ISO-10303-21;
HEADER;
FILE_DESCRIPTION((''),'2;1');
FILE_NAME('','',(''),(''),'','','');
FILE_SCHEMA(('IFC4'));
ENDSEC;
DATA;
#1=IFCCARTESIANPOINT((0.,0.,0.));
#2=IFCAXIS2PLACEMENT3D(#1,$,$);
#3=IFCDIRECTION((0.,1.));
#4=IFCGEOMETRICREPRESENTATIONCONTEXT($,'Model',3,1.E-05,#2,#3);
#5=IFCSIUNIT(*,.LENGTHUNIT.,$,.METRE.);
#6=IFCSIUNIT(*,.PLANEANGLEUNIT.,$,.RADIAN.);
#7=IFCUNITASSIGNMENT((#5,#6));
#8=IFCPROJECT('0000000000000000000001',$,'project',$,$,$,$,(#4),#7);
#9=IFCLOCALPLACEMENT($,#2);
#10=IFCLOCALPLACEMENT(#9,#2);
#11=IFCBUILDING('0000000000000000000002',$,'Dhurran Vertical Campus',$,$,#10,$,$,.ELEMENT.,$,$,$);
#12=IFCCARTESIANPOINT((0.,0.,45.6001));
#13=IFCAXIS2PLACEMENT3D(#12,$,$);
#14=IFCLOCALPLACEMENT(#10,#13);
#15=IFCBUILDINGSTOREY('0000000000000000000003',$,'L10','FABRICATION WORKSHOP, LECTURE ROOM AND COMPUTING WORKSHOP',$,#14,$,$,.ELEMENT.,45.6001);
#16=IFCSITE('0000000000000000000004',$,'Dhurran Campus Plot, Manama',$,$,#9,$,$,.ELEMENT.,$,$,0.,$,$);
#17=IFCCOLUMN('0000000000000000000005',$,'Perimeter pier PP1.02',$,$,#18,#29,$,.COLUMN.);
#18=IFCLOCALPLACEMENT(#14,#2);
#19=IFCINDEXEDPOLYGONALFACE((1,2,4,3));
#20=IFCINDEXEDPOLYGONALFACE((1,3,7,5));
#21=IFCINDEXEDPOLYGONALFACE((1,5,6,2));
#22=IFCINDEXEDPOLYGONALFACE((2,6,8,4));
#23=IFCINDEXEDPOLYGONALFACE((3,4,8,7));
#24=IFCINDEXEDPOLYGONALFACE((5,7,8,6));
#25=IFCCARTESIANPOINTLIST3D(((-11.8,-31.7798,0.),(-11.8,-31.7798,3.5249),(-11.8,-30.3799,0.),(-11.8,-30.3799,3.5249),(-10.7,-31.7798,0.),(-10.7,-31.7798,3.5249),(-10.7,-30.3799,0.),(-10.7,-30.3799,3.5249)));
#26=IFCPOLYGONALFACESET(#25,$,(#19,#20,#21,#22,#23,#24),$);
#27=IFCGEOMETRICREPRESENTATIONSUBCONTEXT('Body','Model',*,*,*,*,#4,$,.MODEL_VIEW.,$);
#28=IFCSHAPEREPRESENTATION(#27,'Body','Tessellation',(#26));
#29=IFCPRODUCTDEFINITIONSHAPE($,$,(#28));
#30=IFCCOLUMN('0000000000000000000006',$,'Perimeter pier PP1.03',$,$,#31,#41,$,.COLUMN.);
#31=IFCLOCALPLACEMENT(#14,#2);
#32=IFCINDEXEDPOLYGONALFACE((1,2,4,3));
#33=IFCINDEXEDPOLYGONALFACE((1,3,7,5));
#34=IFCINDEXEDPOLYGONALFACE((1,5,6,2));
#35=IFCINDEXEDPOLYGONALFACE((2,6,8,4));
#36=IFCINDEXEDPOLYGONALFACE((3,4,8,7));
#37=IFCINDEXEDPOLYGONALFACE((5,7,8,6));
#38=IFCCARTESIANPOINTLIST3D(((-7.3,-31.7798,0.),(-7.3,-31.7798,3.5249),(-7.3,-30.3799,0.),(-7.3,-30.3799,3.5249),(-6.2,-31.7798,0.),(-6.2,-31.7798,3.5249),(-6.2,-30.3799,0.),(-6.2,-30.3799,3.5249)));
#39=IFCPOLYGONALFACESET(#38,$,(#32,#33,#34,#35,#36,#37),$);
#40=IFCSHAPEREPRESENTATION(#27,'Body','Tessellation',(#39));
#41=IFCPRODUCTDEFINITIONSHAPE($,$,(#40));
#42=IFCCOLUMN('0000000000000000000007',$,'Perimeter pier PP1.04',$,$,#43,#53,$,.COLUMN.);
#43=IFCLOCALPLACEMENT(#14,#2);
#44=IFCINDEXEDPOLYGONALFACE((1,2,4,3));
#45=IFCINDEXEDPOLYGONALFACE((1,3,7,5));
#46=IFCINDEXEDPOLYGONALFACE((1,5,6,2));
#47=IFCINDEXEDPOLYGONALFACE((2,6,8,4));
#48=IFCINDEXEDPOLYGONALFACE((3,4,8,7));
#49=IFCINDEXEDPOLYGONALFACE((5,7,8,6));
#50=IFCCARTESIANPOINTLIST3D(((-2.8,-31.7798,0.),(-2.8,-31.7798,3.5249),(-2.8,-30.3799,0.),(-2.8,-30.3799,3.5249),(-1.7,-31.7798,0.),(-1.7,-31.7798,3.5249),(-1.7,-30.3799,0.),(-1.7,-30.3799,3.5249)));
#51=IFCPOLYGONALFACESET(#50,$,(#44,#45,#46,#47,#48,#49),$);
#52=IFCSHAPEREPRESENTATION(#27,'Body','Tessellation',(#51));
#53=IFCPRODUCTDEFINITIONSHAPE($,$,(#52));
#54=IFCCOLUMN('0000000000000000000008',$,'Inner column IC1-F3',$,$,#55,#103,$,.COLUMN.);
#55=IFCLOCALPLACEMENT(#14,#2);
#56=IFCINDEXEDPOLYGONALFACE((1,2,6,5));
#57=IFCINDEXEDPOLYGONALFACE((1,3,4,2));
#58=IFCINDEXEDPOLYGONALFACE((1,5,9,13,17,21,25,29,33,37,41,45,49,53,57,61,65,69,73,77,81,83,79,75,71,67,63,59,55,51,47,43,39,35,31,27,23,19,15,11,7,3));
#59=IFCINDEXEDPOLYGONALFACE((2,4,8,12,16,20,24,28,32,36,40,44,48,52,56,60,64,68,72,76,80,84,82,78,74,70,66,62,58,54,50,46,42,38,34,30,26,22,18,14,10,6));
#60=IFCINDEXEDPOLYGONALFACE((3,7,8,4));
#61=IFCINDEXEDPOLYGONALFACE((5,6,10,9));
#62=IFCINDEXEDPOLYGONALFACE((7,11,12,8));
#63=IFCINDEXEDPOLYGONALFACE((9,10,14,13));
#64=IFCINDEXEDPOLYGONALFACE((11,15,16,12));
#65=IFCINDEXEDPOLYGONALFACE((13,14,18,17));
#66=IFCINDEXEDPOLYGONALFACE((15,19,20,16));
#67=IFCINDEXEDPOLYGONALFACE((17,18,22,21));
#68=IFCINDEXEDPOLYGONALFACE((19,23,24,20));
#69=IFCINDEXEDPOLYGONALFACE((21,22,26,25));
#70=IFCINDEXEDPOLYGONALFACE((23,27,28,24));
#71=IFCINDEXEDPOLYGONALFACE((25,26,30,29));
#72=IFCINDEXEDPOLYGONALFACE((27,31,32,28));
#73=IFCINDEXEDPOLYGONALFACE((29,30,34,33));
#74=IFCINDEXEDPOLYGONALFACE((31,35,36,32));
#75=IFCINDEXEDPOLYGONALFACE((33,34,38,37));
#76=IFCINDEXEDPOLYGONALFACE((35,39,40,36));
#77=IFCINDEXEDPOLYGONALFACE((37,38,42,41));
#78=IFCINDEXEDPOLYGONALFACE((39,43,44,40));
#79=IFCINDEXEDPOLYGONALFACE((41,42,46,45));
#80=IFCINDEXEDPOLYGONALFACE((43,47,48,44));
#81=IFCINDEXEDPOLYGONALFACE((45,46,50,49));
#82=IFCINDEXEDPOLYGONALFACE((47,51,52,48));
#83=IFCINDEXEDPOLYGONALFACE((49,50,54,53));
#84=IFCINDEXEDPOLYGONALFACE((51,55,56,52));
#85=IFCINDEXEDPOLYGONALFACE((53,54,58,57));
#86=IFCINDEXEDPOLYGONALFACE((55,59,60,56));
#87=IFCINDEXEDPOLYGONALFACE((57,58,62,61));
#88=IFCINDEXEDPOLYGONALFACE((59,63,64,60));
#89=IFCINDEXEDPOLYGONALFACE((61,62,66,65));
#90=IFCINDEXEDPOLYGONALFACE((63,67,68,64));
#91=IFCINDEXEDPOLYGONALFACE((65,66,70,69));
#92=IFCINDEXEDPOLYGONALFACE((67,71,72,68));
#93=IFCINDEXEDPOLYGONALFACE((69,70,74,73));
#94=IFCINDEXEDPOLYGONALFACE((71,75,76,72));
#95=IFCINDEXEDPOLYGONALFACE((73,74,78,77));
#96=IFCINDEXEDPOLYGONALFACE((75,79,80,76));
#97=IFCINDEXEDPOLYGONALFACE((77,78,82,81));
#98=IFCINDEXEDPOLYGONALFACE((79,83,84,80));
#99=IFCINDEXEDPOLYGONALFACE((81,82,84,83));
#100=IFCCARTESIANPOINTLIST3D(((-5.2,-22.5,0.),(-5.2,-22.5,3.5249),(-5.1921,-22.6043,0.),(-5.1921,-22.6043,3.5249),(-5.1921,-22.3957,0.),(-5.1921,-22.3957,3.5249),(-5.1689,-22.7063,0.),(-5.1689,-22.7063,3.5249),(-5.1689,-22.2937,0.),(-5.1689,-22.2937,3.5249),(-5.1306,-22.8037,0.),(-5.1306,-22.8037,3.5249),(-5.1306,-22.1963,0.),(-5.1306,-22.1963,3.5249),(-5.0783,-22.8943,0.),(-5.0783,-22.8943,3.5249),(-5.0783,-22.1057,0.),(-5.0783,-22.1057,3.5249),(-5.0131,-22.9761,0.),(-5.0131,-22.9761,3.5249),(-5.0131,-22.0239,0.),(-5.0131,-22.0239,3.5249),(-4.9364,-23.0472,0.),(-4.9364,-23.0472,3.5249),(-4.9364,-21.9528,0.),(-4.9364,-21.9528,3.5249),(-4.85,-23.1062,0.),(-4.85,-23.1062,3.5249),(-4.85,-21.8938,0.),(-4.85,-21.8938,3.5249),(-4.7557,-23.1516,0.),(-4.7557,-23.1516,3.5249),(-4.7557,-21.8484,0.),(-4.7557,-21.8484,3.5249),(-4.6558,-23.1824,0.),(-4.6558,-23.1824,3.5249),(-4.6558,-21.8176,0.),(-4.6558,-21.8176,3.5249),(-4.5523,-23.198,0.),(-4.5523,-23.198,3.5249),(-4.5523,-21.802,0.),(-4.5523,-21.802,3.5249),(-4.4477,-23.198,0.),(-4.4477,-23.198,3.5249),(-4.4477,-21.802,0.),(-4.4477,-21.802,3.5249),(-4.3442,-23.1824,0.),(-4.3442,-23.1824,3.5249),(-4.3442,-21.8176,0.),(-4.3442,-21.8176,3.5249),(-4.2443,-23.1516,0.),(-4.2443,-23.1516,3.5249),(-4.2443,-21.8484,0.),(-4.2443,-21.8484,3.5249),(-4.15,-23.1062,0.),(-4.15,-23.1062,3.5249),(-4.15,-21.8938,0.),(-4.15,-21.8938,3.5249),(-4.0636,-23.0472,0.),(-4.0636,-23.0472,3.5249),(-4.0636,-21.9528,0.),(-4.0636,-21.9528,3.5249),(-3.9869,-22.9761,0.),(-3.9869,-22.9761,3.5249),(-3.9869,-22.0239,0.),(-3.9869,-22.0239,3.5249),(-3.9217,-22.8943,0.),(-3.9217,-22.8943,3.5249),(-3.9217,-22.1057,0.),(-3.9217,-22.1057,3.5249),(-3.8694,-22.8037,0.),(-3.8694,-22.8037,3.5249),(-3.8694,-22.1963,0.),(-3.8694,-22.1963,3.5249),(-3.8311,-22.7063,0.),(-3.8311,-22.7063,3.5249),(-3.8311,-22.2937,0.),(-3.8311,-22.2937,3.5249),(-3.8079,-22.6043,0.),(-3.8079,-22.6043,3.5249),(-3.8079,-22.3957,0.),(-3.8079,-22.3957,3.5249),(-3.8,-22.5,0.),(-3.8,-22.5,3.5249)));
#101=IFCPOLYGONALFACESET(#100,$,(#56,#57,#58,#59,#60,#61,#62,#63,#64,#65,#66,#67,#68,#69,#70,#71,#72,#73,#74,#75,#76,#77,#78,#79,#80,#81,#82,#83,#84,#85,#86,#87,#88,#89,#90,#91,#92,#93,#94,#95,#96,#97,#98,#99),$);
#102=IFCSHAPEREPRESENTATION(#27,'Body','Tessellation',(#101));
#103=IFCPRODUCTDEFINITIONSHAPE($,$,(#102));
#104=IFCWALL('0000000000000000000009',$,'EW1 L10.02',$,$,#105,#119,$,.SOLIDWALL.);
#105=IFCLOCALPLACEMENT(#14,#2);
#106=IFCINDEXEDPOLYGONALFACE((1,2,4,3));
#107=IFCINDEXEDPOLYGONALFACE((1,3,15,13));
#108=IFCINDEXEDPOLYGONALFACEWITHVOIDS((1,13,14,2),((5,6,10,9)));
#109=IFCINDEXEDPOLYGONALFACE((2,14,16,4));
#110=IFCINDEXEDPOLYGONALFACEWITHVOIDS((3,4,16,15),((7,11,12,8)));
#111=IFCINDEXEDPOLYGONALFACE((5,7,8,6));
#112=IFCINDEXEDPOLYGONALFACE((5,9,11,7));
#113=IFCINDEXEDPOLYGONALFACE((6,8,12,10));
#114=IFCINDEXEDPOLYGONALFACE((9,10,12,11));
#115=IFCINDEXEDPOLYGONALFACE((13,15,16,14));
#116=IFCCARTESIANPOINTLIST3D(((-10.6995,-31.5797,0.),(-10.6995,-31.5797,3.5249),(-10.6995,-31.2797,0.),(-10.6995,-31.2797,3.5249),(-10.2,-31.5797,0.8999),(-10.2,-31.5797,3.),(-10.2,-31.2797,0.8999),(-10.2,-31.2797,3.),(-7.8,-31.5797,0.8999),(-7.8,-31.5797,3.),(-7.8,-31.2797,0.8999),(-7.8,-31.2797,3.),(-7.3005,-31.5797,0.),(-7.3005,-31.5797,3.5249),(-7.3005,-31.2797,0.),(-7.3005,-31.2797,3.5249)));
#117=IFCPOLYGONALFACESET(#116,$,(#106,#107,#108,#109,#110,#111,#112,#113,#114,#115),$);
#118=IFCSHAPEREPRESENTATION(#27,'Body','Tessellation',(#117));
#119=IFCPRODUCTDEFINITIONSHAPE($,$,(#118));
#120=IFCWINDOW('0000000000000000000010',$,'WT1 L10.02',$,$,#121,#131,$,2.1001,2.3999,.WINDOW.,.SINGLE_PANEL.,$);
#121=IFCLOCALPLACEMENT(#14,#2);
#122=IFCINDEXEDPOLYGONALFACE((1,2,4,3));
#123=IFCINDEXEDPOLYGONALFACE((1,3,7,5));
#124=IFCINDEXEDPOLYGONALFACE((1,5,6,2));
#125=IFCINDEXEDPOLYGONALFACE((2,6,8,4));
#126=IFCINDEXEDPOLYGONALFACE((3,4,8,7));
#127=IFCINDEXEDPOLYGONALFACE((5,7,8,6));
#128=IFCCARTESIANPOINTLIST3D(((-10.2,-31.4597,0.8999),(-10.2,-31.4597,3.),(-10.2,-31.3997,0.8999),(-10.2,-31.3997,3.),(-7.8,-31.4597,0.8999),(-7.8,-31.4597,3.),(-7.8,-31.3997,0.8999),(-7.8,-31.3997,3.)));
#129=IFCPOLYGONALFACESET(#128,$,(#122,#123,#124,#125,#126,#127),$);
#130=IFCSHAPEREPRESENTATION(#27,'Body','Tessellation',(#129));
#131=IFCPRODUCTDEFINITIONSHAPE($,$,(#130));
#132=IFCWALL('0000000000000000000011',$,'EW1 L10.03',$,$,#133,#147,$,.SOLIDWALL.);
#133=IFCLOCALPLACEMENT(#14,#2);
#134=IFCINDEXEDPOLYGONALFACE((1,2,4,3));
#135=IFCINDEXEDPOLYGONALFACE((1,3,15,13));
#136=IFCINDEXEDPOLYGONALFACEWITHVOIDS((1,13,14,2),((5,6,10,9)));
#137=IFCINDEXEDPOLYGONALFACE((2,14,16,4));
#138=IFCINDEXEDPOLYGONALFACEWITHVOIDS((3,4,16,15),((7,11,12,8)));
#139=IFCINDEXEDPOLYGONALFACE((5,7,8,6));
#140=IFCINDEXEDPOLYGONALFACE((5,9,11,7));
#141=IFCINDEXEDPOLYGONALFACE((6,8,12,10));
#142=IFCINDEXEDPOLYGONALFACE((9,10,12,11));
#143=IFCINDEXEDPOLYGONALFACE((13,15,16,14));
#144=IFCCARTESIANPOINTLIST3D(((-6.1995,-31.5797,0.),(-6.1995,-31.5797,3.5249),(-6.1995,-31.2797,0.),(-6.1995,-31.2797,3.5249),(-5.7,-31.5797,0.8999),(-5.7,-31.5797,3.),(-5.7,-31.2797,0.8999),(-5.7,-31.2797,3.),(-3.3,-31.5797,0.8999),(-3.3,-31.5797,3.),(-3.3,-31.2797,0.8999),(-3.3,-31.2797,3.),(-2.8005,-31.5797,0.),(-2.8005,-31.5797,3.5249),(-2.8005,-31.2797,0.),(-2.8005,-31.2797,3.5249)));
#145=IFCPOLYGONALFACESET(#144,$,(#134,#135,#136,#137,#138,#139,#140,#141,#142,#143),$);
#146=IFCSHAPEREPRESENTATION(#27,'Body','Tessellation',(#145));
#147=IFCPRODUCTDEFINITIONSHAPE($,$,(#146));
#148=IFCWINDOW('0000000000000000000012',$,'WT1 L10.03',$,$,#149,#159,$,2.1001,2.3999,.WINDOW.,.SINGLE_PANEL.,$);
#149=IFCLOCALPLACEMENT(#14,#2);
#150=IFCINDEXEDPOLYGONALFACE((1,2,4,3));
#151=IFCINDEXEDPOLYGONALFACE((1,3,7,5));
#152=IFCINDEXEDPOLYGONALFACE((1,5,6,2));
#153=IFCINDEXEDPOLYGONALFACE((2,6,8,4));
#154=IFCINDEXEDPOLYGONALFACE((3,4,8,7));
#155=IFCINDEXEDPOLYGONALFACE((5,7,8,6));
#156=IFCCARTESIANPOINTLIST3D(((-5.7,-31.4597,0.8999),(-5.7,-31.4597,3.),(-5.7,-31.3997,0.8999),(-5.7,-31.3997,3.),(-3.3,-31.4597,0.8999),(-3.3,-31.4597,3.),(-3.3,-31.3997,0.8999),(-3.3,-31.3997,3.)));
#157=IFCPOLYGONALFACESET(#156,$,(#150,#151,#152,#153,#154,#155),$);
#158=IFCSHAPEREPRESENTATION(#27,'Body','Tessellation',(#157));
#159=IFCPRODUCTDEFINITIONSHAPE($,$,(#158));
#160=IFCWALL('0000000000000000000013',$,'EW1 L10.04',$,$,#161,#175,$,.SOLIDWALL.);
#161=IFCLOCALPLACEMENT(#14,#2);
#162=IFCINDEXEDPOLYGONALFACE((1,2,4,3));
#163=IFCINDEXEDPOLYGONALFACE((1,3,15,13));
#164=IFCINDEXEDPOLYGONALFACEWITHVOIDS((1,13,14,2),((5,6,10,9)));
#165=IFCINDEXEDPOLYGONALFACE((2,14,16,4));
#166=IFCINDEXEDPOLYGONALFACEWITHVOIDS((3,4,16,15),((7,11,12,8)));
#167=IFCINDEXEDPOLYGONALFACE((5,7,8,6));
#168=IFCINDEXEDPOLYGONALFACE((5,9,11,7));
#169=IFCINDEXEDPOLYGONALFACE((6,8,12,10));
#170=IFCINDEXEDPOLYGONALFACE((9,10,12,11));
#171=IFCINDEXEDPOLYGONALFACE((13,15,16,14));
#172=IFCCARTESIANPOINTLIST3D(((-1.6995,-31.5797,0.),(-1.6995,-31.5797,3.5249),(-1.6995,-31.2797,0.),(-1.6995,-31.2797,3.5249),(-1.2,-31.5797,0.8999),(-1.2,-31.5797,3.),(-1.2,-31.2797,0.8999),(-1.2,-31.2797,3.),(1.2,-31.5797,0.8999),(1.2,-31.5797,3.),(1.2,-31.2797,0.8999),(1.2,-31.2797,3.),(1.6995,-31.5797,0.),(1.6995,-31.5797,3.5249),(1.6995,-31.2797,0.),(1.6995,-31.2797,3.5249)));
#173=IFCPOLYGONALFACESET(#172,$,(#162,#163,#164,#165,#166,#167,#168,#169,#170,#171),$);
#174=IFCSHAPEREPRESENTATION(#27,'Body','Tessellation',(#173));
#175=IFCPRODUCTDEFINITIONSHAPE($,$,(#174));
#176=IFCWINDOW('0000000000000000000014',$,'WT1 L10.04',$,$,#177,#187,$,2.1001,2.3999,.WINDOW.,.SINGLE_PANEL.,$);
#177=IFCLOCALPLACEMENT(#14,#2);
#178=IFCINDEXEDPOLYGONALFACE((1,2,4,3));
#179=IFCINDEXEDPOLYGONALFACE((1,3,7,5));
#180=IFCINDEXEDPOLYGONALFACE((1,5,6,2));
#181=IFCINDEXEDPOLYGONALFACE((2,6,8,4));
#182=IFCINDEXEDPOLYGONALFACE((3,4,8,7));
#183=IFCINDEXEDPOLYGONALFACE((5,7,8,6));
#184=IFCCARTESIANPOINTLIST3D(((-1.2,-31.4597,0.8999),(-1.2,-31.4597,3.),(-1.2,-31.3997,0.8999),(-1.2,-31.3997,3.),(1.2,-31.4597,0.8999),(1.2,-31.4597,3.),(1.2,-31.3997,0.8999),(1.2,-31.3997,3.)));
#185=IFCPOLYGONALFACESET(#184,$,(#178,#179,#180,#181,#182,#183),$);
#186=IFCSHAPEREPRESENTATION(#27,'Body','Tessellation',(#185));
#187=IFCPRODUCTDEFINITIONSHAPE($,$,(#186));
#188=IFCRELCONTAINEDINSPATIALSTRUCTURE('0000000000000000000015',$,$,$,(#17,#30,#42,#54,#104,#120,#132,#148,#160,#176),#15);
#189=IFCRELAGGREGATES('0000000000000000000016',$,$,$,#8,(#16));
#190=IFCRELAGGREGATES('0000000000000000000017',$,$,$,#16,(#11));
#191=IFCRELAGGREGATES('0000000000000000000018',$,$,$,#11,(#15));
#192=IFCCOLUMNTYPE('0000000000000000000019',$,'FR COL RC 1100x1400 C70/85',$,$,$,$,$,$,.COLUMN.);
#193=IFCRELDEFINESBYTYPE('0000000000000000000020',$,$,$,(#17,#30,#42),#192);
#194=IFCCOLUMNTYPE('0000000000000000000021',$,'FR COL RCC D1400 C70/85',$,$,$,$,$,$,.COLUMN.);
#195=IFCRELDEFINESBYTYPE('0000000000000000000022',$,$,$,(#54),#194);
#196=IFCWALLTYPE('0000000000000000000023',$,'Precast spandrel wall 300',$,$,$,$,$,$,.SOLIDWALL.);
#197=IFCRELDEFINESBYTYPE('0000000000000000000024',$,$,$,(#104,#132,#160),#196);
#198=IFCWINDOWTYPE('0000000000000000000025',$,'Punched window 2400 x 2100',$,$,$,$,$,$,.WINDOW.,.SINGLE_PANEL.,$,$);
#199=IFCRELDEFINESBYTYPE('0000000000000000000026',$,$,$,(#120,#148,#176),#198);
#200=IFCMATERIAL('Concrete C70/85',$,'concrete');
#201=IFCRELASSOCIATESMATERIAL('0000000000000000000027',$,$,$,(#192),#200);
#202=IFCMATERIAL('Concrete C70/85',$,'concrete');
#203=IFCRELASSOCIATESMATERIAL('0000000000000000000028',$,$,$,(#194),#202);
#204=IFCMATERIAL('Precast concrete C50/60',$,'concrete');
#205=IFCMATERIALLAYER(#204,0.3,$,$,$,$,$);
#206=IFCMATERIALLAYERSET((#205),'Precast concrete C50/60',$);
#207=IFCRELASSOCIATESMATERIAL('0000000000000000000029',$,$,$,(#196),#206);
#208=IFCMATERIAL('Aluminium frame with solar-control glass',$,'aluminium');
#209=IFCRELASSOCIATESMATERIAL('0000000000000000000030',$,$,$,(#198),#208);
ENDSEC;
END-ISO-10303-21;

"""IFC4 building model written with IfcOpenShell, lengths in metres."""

from ifc_helpers import new_model, si_unit, direction, frame, frame_2d, origin, origin_2d, place, context, subcontext, project, spatial, rectangle, circle, extrude, material, layer, layer_set, material_profile, profile_set, type_object, element, fill, save


model = new_model("IFC4")

# Units and contexts
model_context = context("Model", 3, precision=1e-05, world=origin(), true_north=direction((0.0, 1.0)))
body_context = subcontext(model_context, "Body", "Model", "MODEL_VIEW")
ifc_project = project(units=[si_unit("LENGTHUNIT", "METRE"), si_unit("PLANEANGLEUNIT", "RADIAN")], contexts=[model_context])

# Site, building, storey
site_placement = place(None, origin())
site = spatial("IfcSite", under=ifc_project, at=site_placement, Name="Dhurran Campus Plot, Manama", CompositionType="ELEMENT", RefElevation=0.0)
building_placement = place(site_placement, origin())
building = spatial("IfcBuilding", under=site, at=building_placement, Name="Dhurran Vertical Campus", CompositionType="ELEMENT")
storey_placement = place(building_placement, frame((0.0, 0.0, 45.6001)))
storey = spatial("IfcBuildingStorey", under=building, at=storey_placement, Name="L10", Description="FABRICATION WORKSHOP, LECTURE ROOM AND COMPUTING WORKSHOP", CompositionType="ELEMENT", Elevation=45.6001)

# Columns
ifc_material_1 = material(Name="Concrete C70/85", Category="concrete")
ifc_material_profile_1 = material_profile(ifc_material_1, rectangle(XDim=1.1001, YDim=1.3999, at=origin_2d()), Name="RC 1100x1400")
ifc_profile_set_1 = profile_set([ifc_material_profile_1], Name="Concrete C70/85")
column_type_1 = type_object("IfcColumnType", Name="FR COL RC 1100x1400 C70/85", PredefinedType="COLUMN", material=ifc_profile_set_1)
for number, where, z_axis, x_axis, name in (
    (1, (-11.25, -31.0798, 0.0), (0.0, 0.0, 1.0), (1.0, 0.0, 0.0), "Perimeter pier PP1.02"),
    (2, (-6.75, -31.0798, 0.0), (0.0, 0.0, 1.0), (1.0, 0.0, 0.0), "Perimeter pier PP1.03"),
    (3, (-2.25, -31.0798, 0.0), (0.0, 0.0, 1.0), (1.0, 0.0, 0.0), "Perimeter pier PP1.04"),
):
    element("IfcColumn", number, at=place(storey_placement, frame(where, z_axis=z_axis, x_axis=x_axis)), inside=storey, type_object=column_type_1, Name=name, PredefinedType="COLUMN", context=body_context, shape_type="SweptSolid", body=[
        extrude(rectangle(XDim=1.1001, YDim=1.3999, at=origin_2d()), origin(), (0.0, 0.0, 1.0), 3.5249),
    ])
ifc_material_2 = material(Name="Concrete C70/85", Category="concrete")
ifc_material_profile_2 = material_profile(ifc_material_2, circle(Radius=0.7, at=origin_2d()), Name="RCC D1400")
ifc_profile_set_2 = profile_set([ifc_material_profile_2], Name="Concrete C70/85")
column_type_2 = type_object("IfcColumnType", Name="FR COL RCC D1400 C70/85", PredefinedType="COLUMN", material=ifc_profile_set_2)
column_placement = place(storey_placement, frame((-4.5, -22.5, 0.0), z_axis=(0.0, 0.0, 1.0), x_axis=(1.0, 0.0, 0.0)))
element("IfcColumn", 4, at=column_placement, inside=storey, type_object=column_type_2, Name="Inner column IC1-F3", PredefinedType="COLUMN", context=body_context, shape_type="SweptSolid", body=[
    extrude(circle(Radius=0.7, at=origin_2d()), origin(), (0.0, 0.0, 1.0), 3.5249),
])

# Walls, openings, windows
ifc_material_3 = material(Name="Precast concrete C50/60", Category="concrete")
ifc_layer_1 = layer(ifc_material_3, 0.3)
ifc_layer_set_1 = layer_set([ifc_layer_1], Name="Precast concrete C50/60")
wall_type_1 = type_object("IfcWallType", Name="Precast spandrel wall 300", PredefinedType="SOLIDWALL", material=ifc_layer_set_1)
wall_1_placement = place(storey_placement, frame((-10.6995, -31.4297, 0.0), z_axis=(0.0, 0.0, 1.0), x_axis=(1.0, 0.0, 0.0)))
wall_1 = element("IfcWall", 5, at=wall_1_placement, inside=storey, type_object=wall_type_1, Name="EW1 L10.02", PredefinedType="SOLIDWALL", context=body_context, shape_type="SweptSolid", body=[
    extrude(rectangle(XDim=3.3989, YDim=0.3, at=frame_2d((1.6995, 0.0))), origin(), (0.0, 0.0, 1.0), 3.5249),
])
opening_1_placement = place(wall_1_placement, frame((0.4995, 0.0, 0.8999)))
opening_1 = element("IfcOpeningElement", 6, at=opening_1_placement, cuts=wall_1, PredefinedType="OPENING", context=body_context, shape_type="SweptSolid", body=[
    extrude(rectangle(XDim=2.3999, YDim=2.1001, at=frame_2d((1.2, 1.05))), frame((0.0, 0.1599, 0.0), z_axis=(0.0, -1.0, 0.0), x_axis=(1.0, 0.0, 0.0)), (0.0, 0.0, 1.0), 0.3201),
])
ifc_material_4 = material(Name="Aluminium frame with solar-control glass", Category="aluminium")
window_type = type_object("IfcWindowType", Name="Punched window 2400 x 2100", PartitioningType="SINGLE_PANEL", PredefinedType="WINDOW", material=ifc_material_4)
window_1_placement = place(opening_1_placement, origin())
window_1 = element("IfcWindow", 7, at=window_1_placement, inside=storey, type_object=window_type, Name="WT1 L10.02", OverallHeight=2.1001, OverallWidth=2.3999, PartitioningType="SINGLE_PANEL", PredefinedType="WINDOW", context=body_context, shape_type="SweptSolid", body=[
    extrude(rectangle(XDim=2.3999, YDim=2.1001, at=frame_2d((1.2, 1.05))), frame((0.0, 0.03, 0.0), z_axis=(0.0, -1.0, 0.0), x_axis=(1.0, 0.0, 0.0)), (0.0, 0.0, 1.0), 0.0601),
])
fill(opening_1, window_1)
wall_2_placement = place(storey_placement, frame((-6.1995, -31.4297, 0.0), z_axis=(0.0, 0.0, 1.0), x_axis=(1.0, 0.0, 0.0)))
wall_2 = element("IfcWall", 8, at=wall_2_placement, inside=storey, type_object=wall_type_1, Name="EW1 L10.03", PredefinedType="SOLIDWALL", context=body_context, shape_type="SweptSolid", body=[
    extrude(rectangle(XDim=3.3989, YDim=0.3, at=frame_2d((1.6995, 0.0))), origin(), (0.0, 0.0, 1.0), 3.5249),
])
opening_2_placement = place(wall_2_placement, frame((0.4995, 0.0, 0.8999)))
opening_2 = element("IfcOpeningElement", 9, at=opening_2_placement, cuts=wall_2, PredefinedType="OPENING", context=body_context, shape_type="SweptSolid", body=[
    extrude(rectangle(XDim=2.3999, YDim=2.1001, at=frame_2d((1.2, 1.05))), frame((0.0, 0.1599, 0.0), z_axis=(0.0, -1.0, 0.0), x_axis=(1.0, 0.0, 0.0)), (0.0, 0.0, 1.0), 0.3201),
])
window_2_placement = place(opening_2_placement, origin())
window_2 = element("IfcWindow", 10, at=window_2_placement, inside=storey, type_object=window_type, Name="WT1 L10.03", OverallHeight=2.1001, OverallWidth=2.3999, PartitioningType="SINGLE_PANEL", PredefinedType="WINDOW", context=body_context, shape_type="SweptSolid", body=[
    extrude(rectangle(XDim=2.3999, YDim=2.1001, at=frame_2d((1.2, 1.05))), frame((0.0, 0.03, 0.0), z_axis=(0.0, -1.0, 0.0), x_axis=(1.0, 0.0, 0.0)), (0.0, 0.0, 1.0), 0.0601),
])
fill(opening_2, window_2)
wall_3_placement = place(storey_placement, frame((-1.6995, -31.4297, 0.0), z_axis=(0.0, 0.0, 1.0), x_axis=(1.0, 0.0, 0.0)))
wall_3 = element("IfcWall", 11, at=wall_3_placement, inside=storey, type_object=wall_type_1, Name="EW1 L10.04", PredefinedType="SOLIDWALL", context=body_context, shape_type="SweptSolid", body=[
    extrude(rectangle(XDim=3.3989, YDim=0.3, at=frame_2d((1.6995, 0.0))), origin(), (0.0, 0.0, 1.0), 3.5249),
])
opening_3_placement = place(wall_3_placement, frame((0.4995, 0.0, 0.8999)))
opening_3 = element("IfcOpeningElement", 12, at=opening_3_placement, cuts=wall_3, PredefinedType="OPENING", context=body_context, shape_type="SweptSolid", body=[
    extrude(rectangle(XDim=2.3999, YDim=2.1001, at=frame_2d((1.2, 1.05))), frame((0.0, 0.1599, 0.0), z_axis=(0.0, -1.0, 0.0), x_axis=(1.0, 0.0, 0.0)), (0.0, 0.0, 1.0), 0.3201),
])
window_3_placement = place(opening_3_placement, origin())
window_3 = element("IfcWindow", 13, at=window_3_placement, inside=storey, type_object=window_type, Name="WT1 L10.04", OverallHeight=2.1001, OverallWidth=2.3999, PartitioningType="SINGLE_PANEL", PredefinedType="WINDOW", context=body_context, shape_type="SweptSolid", body=[
    extrude(rectangle(XDim=2.3999, YDim=2.1001, at=frame_2d((1.2, 1.05))), frame((0.0, 0.03, 0.0), z_axis=(0.0, -1.0, 0.0), x_axis=(1.0, 0.0, 0.0)), (0.0, 0.0, 1.0), 0.0601),
])
fill(opening_3, window_3)

save(model, "model.ifc")
